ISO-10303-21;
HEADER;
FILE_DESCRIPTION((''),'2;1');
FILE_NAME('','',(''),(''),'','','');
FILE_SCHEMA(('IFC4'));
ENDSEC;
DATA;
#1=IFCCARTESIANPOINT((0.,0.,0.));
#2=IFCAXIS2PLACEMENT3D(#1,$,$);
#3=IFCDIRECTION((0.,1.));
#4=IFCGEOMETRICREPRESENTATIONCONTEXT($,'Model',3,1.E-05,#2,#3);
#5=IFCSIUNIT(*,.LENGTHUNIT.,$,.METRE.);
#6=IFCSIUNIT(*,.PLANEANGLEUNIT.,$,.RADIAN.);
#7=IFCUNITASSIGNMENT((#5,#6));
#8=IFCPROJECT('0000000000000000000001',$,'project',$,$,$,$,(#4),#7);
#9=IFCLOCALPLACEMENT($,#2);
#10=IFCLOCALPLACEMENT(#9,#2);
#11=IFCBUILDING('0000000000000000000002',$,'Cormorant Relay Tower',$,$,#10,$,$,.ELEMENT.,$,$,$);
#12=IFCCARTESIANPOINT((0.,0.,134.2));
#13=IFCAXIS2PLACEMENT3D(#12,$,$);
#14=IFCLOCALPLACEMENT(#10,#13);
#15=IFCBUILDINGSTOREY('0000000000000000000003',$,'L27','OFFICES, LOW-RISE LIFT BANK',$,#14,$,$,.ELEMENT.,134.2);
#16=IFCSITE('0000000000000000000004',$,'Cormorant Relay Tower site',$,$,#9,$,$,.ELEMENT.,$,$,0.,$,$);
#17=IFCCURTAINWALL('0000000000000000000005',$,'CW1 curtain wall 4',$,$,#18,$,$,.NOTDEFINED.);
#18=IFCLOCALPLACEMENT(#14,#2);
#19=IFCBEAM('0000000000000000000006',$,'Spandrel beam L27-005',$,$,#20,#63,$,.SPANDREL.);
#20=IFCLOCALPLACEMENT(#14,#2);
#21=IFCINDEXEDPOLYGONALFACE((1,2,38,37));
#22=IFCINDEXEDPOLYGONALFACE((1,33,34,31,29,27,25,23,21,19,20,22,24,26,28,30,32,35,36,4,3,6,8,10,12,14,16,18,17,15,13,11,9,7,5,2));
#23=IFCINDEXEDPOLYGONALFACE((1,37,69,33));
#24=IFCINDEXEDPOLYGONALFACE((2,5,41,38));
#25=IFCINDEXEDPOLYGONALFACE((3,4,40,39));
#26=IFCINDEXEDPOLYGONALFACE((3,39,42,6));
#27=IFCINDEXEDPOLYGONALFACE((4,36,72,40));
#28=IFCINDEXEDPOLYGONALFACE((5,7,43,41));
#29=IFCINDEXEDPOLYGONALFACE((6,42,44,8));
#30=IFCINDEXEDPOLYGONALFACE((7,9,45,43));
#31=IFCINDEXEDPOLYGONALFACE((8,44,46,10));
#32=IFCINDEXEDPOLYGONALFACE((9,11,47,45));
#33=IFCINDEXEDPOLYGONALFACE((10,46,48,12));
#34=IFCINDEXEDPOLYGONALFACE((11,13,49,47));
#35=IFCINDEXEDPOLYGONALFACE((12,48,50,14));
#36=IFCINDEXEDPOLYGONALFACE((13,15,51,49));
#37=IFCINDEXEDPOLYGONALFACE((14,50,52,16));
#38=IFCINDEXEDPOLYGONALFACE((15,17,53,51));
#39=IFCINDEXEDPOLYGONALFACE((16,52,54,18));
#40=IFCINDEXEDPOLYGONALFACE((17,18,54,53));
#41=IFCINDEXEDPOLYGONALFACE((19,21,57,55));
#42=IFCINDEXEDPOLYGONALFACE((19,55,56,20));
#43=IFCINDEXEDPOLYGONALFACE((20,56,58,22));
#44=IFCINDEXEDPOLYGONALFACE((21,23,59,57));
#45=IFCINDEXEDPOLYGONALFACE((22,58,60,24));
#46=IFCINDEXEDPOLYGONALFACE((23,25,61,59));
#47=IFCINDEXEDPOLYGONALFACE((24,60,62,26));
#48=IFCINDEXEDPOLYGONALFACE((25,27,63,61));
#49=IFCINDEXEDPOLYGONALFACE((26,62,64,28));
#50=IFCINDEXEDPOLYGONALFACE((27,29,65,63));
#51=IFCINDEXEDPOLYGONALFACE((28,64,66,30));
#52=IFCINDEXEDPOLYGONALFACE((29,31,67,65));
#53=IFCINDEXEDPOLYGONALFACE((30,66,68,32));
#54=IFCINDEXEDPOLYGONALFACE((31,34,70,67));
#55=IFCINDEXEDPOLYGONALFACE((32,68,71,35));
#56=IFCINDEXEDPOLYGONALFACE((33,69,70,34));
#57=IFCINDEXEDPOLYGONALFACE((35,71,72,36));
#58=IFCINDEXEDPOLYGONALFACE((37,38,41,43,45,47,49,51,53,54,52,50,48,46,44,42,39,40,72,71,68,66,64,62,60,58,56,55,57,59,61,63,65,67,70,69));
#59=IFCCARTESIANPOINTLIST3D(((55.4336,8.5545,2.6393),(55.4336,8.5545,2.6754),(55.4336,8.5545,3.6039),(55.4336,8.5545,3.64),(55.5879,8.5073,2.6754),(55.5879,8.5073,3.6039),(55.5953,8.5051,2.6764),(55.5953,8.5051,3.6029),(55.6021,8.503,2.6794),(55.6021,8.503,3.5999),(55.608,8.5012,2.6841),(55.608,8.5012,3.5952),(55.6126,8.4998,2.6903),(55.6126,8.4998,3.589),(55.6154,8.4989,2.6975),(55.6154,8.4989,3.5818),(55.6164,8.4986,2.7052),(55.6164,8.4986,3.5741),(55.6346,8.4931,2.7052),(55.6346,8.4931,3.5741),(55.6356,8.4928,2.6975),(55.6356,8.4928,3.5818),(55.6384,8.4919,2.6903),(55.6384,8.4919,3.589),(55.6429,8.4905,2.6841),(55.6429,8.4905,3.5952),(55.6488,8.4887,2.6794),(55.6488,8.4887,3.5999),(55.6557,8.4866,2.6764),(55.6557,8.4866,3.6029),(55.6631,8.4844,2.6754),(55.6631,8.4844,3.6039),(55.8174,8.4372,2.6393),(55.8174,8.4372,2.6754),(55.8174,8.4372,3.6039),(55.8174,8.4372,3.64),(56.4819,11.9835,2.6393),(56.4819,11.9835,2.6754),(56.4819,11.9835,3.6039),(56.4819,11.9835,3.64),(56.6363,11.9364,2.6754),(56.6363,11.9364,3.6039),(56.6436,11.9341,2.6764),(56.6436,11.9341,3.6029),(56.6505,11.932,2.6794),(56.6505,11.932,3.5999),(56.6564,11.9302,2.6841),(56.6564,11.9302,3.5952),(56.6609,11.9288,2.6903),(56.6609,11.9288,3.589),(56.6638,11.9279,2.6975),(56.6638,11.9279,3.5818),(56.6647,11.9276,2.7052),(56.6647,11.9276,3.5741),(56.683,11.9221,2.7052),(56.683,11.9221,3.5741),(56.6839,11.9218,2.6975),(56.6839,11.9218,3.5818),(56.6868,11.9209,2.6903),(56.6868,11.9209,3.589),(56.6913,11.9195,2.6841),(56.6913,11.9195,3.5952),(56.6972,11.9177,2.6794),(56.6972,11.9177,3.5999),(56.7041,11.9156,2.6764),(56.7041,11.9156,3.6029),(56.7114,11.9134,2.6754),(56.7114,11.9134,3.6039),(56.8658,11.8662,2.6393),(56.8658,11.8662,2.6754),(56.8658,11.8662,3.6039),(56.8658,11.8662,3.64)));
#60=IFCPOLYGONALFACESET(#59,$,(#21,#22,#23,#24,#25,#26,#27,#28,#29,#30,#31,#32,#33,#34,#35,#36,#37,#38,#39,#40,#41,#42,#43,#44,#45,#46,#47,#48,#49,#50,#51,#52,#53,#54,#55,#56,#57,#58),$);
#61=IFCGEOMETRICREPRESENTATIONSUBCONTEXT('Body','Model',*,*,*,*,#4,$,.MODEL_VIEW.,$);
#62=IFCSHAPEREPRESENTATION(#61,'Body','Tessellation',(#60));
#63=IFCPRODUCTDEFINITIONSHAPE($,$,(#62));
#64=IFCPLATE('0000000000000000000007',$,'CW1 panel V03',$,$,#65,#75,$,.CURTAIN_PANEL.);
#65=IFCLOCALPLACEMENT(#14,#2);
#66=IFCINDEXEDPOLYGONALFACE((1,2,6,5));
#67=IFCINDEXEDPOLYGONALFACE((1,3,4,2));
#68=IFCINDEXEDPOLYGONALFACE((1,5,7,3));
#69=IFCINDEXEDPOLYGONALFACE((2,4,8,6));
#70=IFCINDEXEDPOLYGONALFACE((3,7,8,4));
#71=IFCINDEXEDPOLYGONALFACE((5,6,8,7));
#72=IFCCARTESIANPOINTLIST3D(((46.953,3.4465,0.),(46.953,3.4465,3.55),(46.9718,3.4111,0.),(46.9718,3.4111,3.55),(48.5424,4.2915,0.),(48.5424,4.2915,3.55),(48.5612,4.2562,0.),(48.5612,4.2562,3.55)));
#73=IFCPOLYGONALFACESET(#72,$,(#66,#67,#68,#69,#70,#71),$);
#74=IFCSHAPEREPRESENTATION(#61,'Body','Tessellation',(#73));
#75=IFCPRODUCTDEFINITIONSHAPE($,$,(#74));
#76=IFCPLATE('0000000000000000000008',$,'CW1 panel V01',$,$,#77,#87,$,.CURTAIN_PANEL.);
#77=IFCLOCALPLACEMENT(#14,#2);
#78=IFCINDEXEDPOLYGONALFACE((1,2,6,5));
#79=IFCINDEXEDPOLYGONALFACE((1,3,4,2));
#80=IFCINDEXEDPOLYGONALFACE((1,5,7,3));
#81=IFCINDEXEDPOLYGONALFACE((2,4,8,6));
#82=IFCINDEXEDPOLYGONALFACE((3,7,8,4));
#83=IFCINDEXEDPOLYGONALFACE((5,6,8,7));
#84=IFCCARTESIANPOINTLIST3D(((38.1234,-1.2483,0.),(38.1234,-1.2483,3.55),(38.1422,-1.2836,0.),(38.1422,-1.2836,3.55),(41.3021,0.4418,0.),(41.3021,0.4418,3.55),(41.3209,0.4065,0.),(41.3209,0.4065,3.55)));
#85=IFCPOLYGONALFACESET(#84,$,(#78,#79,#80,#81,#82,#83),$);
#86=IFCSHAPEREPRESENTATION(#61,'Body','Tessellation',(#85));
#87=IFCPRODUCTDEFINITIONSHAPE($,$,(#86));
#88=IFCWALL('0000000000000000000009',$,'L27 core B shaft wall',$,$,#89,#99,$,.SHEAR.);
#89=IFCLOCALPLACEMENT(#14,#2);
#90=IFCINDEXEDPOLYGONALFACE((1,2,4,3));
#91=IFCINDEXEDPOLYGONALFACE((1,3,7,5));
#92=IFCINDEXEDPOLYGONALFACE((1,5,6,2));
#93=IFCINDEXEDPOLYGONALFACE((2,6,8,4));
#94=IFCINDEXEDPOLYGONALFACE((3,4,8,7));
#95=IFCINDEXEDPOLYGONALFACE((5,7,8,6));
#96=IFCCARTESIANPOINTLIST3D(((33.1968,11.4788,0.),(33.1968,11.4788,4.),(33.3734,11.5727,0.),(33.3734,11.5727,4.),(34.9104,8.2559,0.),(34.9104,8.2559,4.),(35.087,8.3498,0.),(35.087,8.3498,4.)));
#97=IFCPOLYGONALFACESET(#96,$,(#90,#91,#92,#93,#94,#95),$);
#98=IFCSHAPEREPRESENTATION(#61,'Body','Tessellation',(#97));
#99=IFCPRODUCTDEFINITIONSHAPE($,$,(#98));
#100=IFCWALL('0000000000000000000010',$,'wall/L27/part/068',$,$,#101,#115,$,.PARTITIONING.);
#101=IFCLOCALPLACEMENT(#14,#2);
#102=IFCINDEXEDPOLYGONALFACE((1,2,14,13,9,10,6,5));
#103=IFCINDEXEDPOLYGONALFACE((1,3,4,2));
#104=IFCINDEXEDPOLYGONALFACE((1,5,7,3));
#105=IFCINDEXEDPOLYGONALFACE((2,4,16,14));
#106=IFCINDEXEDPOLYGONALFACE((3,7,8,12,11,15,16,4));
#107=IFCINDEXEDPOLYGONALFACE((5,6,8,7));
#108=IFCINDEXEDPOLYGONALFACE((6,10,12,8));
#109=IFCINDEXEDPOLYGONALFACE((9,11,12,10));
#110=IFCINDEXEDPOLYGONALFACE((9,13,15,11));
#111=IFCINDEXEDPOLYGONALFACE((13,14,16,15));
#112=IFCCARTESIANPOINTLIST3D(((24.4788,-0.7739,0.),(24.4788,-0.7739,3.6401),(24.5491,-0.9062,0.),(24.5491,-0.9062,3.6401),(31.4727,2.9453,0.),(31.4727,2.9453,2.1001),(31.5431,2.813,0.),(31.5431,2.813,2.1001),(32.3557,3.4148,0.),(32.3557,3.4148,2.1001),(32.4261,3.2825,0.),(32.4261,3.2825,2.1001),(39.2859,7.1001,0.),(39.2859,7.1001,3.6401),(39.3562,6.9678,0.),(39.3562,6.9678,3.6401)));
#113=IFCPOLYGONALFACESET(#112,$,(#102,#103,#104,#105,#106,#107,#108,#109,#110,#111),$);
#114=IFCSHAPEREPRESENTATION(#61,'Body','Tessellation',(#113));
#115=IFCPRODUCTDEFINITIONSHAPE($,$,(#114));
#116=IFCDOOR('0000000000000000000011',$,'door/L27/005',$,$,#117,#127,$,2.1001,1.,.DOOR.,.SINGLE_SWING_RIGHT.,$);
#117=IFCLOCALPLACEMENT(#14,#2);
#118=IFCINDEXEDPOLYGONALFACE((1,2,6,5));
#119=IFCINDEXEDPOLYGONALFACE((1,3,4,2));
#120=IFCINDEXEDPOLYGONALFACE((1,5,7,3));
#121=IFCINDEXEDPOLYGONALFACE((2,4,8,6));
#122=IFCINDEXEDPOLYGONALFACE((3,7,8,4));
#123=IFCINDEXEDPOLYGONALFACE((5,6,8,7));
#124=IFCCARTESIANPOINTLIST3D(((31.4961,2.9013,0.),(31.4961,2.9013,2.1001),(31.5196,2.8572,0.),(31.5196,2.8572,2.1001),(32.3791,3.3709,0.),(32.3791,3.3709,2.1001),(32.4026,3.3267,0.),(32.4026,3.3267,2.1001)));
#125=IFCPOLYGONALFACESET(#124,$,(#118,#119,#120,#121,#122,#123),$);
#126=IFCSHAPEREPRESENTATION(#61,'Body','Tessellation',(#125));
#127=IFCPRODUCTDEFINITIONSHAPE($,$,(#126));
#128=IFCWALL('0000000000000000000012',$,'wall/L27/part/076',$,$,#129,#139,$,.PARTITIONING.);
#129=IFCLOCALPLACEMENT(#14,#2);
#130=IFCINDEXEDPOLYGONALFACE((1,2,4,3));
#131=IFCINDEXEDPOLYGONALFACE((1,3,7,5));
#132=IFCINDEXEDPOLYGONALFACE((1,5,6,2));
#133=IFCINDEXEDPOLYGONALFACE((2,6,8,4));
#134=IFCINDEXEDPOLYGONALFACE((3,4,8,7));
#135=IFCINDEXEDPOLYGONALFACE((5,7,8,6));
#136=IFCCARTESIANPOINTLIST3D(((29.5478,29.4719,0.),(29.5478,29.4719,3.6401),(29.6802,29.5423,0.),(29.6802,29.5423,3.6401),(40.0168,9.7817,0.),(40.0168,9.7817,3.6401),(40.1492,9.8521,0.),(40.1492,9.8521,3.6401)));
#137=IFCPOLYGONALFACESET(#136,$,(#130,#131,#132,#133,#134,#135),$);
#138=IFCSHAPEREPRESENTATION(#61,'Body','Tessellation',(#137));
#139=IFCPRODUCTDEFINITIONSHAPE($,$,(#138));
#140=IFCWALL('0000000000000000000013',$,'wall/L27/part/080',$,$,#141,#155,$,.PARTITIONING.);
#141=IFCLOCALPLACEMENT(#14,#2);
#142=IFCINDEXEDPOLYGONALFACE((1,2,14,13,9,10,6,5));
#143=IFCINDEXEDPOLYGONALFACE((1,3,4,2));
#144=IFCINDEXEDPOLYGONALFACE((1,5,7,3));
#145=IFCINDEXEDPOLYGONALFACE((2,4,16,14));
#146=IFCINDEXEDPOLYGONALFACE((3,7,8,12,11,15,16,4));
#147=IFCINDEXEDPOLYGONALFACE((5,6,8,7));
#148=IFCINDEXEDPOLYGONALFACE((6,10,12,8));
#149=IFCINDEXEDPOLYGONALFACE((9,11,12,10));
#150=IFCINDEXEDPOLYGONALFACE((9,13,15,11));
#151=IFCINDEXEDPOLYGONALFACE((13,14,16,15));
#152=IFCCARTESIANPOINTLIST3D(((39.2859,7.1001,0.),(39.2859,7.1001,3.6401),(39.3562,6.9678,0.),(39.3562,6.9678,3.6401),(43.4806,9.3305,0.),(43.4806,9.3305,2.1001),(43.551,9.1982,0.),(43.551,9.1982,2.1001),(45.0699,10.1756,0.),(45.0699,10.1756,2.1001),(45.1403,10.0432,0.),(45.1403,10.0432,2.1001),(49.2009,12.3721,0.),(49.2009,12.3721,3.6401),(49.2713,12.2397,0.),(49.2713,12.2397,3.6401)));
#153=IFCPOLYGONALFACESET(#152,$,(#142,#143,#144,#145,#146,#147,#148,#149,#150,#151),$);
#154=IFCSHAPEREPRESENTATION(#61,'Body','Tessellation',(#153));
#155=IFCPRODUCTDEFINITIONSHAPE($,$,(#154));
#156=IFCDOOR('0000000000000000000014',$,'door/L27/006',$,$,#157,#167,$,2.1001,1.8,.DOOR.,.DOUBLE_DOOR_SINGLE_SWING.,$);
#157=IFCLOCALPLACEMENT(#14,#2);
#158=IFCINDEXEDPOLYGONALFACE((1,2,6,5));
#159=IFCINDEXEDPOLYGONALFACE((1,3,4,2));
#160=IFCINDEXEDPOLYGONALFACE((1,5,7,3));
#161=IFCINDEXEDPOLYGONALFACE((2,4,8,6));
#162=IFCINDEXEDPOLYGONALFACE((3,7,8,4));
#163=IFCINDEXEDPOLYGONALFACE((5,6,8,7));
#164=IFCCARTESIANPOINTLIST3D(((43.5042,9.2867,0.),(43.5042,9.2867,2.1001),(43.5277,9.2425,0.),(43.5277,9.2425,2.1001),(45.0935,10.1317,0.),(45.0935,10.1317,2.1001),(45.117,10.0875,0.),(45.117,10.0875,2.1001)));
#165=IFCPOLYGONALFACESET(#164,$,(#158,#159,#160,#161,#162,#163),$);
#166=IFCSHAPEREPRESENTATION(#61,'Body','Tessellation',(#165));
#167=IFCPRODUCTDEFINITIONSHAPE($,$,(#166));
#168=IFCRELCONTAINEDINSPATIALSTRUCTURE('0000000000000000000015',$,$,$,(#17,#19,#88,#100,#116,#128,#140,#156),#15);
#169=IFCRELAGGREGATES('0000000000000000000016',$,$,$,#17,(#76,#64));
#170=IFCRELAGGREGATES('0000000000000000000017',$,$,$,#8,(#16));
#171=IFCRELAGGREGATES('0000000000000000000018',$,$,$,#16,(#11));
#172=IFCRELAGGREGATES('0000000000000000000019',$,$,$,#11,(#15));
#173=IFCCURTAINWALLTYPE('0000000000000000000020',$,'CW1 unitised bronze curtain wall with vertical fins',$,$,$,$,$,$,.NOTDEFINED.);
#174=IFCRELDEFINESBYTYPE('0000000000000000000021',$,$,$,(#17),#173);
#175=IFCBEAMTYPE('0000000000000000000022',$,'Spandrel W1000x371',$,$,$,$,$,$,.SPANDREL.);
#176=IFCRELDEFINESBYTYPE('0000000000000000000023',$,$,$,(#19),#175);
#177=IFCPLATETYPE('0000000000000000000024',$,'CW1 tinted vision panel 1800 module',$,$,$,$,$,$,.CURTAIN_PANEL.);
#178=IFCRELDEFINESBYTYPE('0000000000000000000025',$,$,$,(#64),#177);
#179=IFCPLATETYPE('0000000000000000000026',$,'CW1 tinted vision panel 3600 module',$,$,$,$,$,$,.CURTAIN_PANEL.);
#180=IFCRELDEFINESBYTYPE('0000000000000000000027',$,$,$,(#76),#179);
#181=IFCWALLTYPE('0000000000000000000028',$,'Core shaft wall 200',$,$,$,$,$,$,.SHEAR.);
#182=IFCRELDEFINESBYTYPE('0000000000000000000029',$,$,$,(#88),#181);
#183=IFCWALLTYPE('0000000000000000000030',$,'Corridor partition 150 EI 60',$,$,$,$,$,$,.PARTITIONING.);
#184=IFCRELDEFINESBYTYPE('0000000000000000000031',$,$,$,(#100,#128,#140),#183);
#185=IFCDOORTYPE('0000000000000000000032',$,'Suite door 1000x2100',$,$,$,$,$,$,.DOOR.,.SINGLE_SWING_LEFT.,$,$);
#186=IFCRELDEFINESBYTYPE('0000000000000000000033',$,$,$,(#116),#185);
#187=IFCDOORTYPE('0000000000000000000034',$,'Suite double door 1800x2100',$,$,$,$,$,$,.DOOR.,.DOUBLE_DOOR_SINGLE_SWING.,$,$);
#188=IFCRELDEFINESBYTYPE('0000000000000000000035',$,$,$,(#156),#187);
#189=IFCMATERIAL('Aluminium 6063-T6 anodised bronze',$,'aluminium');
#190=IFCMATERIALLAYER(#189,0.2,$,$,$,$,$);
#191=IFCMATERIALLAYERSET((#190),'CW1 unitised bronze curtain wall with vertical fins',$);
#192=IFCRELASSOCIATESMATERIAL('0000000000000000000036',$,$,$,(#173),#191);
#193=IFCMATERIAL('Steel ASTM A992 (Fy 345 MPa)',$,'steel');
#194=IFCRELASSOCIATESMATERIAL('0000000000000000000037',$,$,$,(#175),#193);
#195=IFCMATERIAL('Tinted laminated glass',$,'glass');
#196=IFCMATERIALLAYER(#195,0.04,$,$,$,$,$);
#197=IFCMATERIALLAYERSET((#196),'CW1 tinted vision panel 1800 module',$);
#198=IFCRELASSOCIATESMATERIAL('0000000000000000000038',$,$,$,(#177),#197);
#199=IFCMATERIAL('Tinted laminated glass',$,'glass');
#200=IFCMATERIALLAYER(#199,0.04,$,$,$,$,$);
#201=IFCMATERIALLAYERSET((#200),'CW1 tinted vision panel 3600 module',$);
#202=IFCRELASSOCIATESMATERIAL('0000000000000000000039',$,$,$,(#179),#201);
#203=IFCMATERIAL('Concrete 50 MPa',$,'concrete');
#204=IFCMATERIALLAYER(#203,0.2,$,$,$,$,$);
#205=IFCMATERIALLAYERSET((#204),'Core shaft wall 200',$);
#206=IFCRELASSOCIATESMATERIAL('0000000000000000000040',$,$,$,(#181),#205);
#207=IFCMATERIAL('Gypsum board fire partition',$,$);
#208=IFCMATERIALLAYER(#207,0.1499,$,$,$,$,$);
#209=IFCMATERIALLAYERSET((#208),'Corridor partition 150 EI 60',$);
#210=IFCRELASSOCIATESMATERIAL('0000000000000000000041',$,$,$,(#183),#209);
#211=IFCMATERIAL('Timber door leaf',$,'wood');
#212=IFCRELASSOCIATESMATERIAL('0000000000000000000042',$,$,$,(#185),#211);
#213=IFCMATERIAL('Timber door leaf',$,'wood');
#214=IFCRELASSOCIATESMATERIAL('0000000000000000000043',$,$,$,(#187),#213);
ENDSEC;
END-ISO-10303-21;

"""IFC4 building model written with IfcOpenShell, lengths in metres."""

from ifc_helpers import new_model, si_unit, direction, frame, frame_2d, origin, origin_2d, place, context, subcontext, project, spatial, rectangle, i_section, extrude, material, layer, layer_set, material_profile, profile_set, type_object, element, fill, aggregate, save


model = new_model("IFC4")

# Units and contexts
model_context = context("Model", 3, precision=1e-05, world=origin(), true_north=direction((0.0, 1.0)))
body_context = subcontext(model_context, "Body", "Model", "MODEL_VIEW")
ifc_project = project(units=[si_unit("LENGTHUNIT", "METRE"), si_unit("PLANEANGLEUNIT", "RADIAN")], contexts=[model_context])

# Site, building, storey
site_placement = place(None, origin())
site = spatial("IfcSite", under=ifc_project, at=site_placement, Name="Cormorant Relay Tower site", CompositionType="ELEMENT", RefElevation=0.0)
building_placement = place(site_placement, origin())
building = spatial("IfcBuilding", under=site, at=building_placement, Name="Cormorant Relay Tower", CompositionType="ELEMENT")
storey_placement = place(building_placement, frame((0.0, 0.0, 134.2)))
storey = spatial("IfcBuildingStorey", under=building, at=storey_placement, Name="L27", Description="OFFICES, LOW-RISE LIFT BANK", CompositionType="ELEMENT", Elevation=134.2)

# Shared definitions
ifc_material_1 = material(Name="Aluminium 6063-T6 anodised bronze", Category="aluminium")
ifc_layer_1 = layer(ifc_material_1, 0.2)
ifc_layer_set_1 = layer_set([ifc_layer_1], Name="CW1 unitised bronze curtain wall with vertical fins")
curtain_wall_type = type_object("IfcCurtainWallType", Name="CW1 unitised bronze curtain wall with vertical fins", PredefinedType="NOTDEFINED", material=ifc_layer_set_1)

# Curtain wall
curtain_wall_1_placement = place(storey_placement, origin())
curtain_wall_1 = element("IfcCurtainWall", 1, at=curtain_wall_1_placement, inside=storey, type_object=curtain_wall_type, Name="CW1 curtain wall 4", PredefinedType="NOTDEFINED")

# Beam
ifc_material_2 = material(Name="Steel ASTM A992 (Fy 345 MPa)", Category="steel")
ifc_material_profile_1 = material_profile(ifc_material_2, i_section(OverallWidth=0.4014, OverallDepth=1.0007, WebThickness=0.019, FlangeThickness=0.0361, FilletRadius=0.0298, at=origin_2d()), Name="W1000x371")
ifc_profile_set_1 = profile_set([ifc_material_profile_1], Name="Steel ASTM A992 (Fy 345 MPa)")
beam_type = type_object("IfcBeamType", Name="Spandrel W1000x371", PredefinedType="SPANDREL", material=ifc_profile_set_1)
beam_1_placement = place(storey_placement, frame((55.6255, 8.4958, 3.1396), z_axis=(0.292372, 0.956305, 0.0), x_axis=(-0.956305, 0.292372, 0.0)))
element("IfcBeam", 2, at=beam_1_placement, inside=storey, type_object=beam_type, Name="Spandrel beam L27-005", PredefinedType="SPANDREL", context=body_context, shape_type="SweptSolid", body=[
    extrude(i_section(OverallWidth=0.4014, OverallDepth=1.0007, WebThickness=0.019, FlangeThickness=0.0361, FilletRadius=0.0298, at=origin_2d()), origin(), (0.0, 0.0, 1.0), 3.5857),
])

# Plates
ifc_material_3 = material(Name="Tinted laminated glass", Category="glass")
ifc_layer_2 = layer(ifc_material_3, 0.04)
ifc_layer_set_2 = layer_set([ifc_layer_2], Name="CW1 tinted vision panel 1800 module")
plate_type_1 = type_object("IfcPlateType", Name="CW1 tinted vision panel 1800 module", PredefinedType="CURTAIN_PANEL", material=ifc_layer_set_2)
plate_1_placement = place(storey_placement, frame((47.7571, 3.8513, 0.0), z_axis=(0.0, 0.0, 1.0), x_axis=(0.882948, 0.469472, 0.0)))
plate_1 = element("IfcPlate", 3, at=plate_1_placement, type_object=plate_type_1, Name="CW1 panel V03", PredefinedType="CURTAIN_PANEL", context=body_context, shape_type="SweptSolid", body=[
    extrude(rectangle(XDim=1.8, YDim=0.04, at=origin_2d()), origin(), (0.0, 0.0, 1.0), 3.55),
])
ifc_material_4 = material(Name="Tinted laminated glass", Category="glass")
ifc_layer_3 = layer(ifc_material_4, 0.04)
ifc_layer_set_3 = layer_set([ifc_layer_3], Name="CW1 tinted vision panel 3600 module")
plate_type_2 = type_object("IfcPlateType", Name="CW1 tinted vision panel 3600 module", PredefinedType="CURTAIN_PANEL", material=ifc_layer_set_3)
plate_2_placement = place(storey_placement, frame((39.7222, -0.4209, 0.0), z_axis=(0.0, 0.0, 1.0), x_axis=(0.882948, 0.469472, 0.0)))
plate_2 = element("IfcPlate", 4, at=plate_2_placement, type_object=plate_type_2, Name="CW1 panel V01", PredefinedType="CURTAIN_PANEL", context=body_context, shape_type="SweptSolid", body=[
    extrude(rectangle(XDim=3.6001, YDim=0.04, at=origin_2d()), origin(), (0.0, 0.0, 1.0), 3.55),
])

# Wall
ifc_material_5 = material(Name="Concrete 50 MPa", Category="concrete")
ifc_layer_4 = layer(ifc_material_5, 0.2)
ifc_layer_set_4 = layer_set([ifc_layer_4], Name="Core shaft wall 200")
wall_type_1 = type_object("IfcWallType", Name="Core shaft wall 200", PredefinedType="SHEAR", material=ifc_layer_set_4)
wall_1_placement = place(storey_placement, frame((34.9988, 8.3027, 0.0), z_axis=(0.0, 0.0, 1.0), x_axis=(-0.469467, 0.88295, 0.0)))
element("IfcWall", 5, at=wall_1_placement, inside=storey, type_object=wall_type_1, Name="L27 core B shaft wall", PredefinedType="SHEAR", context=body_context, shape_type="SweptSolid", body=[
    extrude(rectangle(XDim=3.6501, YDim=0.2, at=frame_2d((1.8252, 0.0))), origin(), (0.0, 0.0, 1.0), 4.0),
])

# Wall, opening, door
ifc_material_6 = material(Name="Gypsum board fire partition")
ifc_layer_5 = layer(ifc_material_6, 0.1499)
ifc_layer_set_5 = layer_set([ifc_layer_5], Name="Corridor partition 150 EI 60")
wall_type_2 = type_object("IfcWallType", Name="Corridor partition 150 EI 60", PredefinedType="PARTITIONING", material=ifc_layer_set_5)
wall_2_placement = place(storey_placement, frame((39.321, 7.0339, 0.0), z_axis=(0.0, 0.0, 1.0), x_axis=(-0.882925, -0.469515, 0.0)))
wall_2 = element("IfcWall", 6, at=wall_2_placement, inside=storey, type_object=wall_type_2, Name="wall/L27/part/068", PredefinedType="PARTITIONING", context=body_context, shape_type="SweptSolid", body=[
    extrude(rectangle(XDim=16.7705, YDim=0.1499, at=frame_2d((8.3853, 0.0))), origin(), (0.0, 0.0, 1.0), 3.6401),
])
opening_1_placement = place(wall_2_placement, frame((7.8491, 0.0, 0.0)))
opening_1 = element("IfcOpeningElement", 7, at=opening_1_placement, cuts=wall_2, PredefinedType="OPENING", context=body_context, shape_type="SweptSolid", body=[
    extrude(rectangle(XDim=1.0, YDim=2.1001, at=frame_2d((0.5, 1.05))), frame((0.0, 0.085, 0.0), z_axis=(0.0, -1.0, 0.0), x_axis=(1.0, 0.0, 0.0)), (0.0, 0.0, 1.0), 0.1699),
])
ifc_material_7 = material(Name="Timber door leaf", Category="wood")
door_type_1 = type_object("IfcDoorType", Name="Suite door 1000x2100", OperationType="SINGLE_SWING_LEFT", PredefinedType="DOOR", material=ifc_material_7)
door_1_placement = place(opening_1_placement, origin())
door_1 = element("IfcDoor", 8, at=door_1_placement, inside=storey, type_object=door_type_1, Name="door/L27/005", OperationType="SINGLE_SWING_RIGHT", OverallHeight=2.1001, OverallWidth=1.0, PredefinedType="DOOR", context=body_context, shape_type="SweptSolid", body=[
    extrude(rectangle(XDim=1.0, YDim=2.1001, at=frame_2d((0.5, 1.05))), frame((0.0, 0.0249, 0.0), z_axis=(0.0, -1.0, 0.0), x_axis=(1.0, 0.0, 0.0)), (0.0, 0.0, 1.0), 0.05),
])
fill(opening_1, door_1)

# Wall
wall_3_placement = place(storey_placement, frame((40.083, 9.8169, 0.0), z_axis=(0.0, 0.0, 1.0), x_axis=(-0.469455, 0.882956, 0.0)))
element("IfcWall", 9, at=wall_3_placement, inside=storey, type_object=wall_type_2, Name="wall/L27/part/076", PredefinedType="PARTITIONING", context=body_context, shape_type="SweptSolid", body=[
    extrude(rectangle(XDim=22.3003, YDim=0.1499, at=frame_2d((11.1501, 0.0))), origin(), (0.0, 0.0, 1.0), 3.6401),
])

# Wall, opening, door
wall_4_placement = place(storey_placement, frame((39.321, 7.0339, 0.0), z_axis=(0.0, 0.0, 1.0), x_axis=(0.882946, 0.469475, 0.0)))
wall_4 = element("IfcWall", 10, at=wall_4_placement, inside=storey, type_object=wall_type_2, Name="wall/L27/part/080", PredefinedType="PARTITIONING", context=body_context, shape_type="SweptSolid", body=[
    extrude(rectangle(XDim=11.2295, YDim=0.1499, at=frame_2d((5.6147, 0.0))), origin(), (0.0, 0.0, 1.0), 3.6401),
])
opening_2_placement = place(wall_4_placement, frame((4.751, 0.0, 0.0)))
opening_2 = element("IfcOpeningElement", 11, at=opening_2_placement, cuts=wall_4, PredefinedType="OPENING", context=body_context, shape_type="SweptSolid", body=[
    extrude(rectangle(XDim=1.8, YDim=2.1001, at=frame_2d((0.8999, 1.05))), frame((0.0, 0.085, 0.0), z_axis=(0.0, -1.0, 0.0), x_axis=(1.0, 0.0, 0.0)), (0.0, 0.0, 1.0), 0.1699),
])
ifc_material_8 = material(Name="Timber door leaf", Category="wood")
door_type_2 = type_object("IfcDoorType", Name="Suite double door 1800x2100", OperationType="DOUBLE_DOOR_SINGLE_SWING", PredefinedType="DOOR", material=ifc_material_8)
door_2_placement = place(opening_2_placement, frame((1.8, 0.0, 0.0), z_axis=(0.0, 0.0, 1.0), x_axis=(-1.0, 0.0, 0.0)))
door_2 = element("IfcDoor", 12, at=door_2_placement, inside=storey, type_object=door_type_2, Name="door/L27/006", OperationType="DOUBLE_DOOR_SINGLE_SWING", OverallHeight=2.1001, OverallWidth=1.8, PredefinedType="DOOR", context=body_context, shape_type="SweptSolid", body=[
    extrude(rectangle(XDim=1.8, YDim=2.1001, at=frame_2d((0.8999, 1.05))), frame((0.0, 0.0249, 0.0), z_axis=(0.0, -1.0, 0.0), x_axis=(1.0, 0.0, 0.0)), (0.0, 0.0, 1.0), 0.05),
])
fill(opening_2, door_2)

aggregate(curtain_wall_1, [plate_2, plate_1])

save(model, "model.ifc")
